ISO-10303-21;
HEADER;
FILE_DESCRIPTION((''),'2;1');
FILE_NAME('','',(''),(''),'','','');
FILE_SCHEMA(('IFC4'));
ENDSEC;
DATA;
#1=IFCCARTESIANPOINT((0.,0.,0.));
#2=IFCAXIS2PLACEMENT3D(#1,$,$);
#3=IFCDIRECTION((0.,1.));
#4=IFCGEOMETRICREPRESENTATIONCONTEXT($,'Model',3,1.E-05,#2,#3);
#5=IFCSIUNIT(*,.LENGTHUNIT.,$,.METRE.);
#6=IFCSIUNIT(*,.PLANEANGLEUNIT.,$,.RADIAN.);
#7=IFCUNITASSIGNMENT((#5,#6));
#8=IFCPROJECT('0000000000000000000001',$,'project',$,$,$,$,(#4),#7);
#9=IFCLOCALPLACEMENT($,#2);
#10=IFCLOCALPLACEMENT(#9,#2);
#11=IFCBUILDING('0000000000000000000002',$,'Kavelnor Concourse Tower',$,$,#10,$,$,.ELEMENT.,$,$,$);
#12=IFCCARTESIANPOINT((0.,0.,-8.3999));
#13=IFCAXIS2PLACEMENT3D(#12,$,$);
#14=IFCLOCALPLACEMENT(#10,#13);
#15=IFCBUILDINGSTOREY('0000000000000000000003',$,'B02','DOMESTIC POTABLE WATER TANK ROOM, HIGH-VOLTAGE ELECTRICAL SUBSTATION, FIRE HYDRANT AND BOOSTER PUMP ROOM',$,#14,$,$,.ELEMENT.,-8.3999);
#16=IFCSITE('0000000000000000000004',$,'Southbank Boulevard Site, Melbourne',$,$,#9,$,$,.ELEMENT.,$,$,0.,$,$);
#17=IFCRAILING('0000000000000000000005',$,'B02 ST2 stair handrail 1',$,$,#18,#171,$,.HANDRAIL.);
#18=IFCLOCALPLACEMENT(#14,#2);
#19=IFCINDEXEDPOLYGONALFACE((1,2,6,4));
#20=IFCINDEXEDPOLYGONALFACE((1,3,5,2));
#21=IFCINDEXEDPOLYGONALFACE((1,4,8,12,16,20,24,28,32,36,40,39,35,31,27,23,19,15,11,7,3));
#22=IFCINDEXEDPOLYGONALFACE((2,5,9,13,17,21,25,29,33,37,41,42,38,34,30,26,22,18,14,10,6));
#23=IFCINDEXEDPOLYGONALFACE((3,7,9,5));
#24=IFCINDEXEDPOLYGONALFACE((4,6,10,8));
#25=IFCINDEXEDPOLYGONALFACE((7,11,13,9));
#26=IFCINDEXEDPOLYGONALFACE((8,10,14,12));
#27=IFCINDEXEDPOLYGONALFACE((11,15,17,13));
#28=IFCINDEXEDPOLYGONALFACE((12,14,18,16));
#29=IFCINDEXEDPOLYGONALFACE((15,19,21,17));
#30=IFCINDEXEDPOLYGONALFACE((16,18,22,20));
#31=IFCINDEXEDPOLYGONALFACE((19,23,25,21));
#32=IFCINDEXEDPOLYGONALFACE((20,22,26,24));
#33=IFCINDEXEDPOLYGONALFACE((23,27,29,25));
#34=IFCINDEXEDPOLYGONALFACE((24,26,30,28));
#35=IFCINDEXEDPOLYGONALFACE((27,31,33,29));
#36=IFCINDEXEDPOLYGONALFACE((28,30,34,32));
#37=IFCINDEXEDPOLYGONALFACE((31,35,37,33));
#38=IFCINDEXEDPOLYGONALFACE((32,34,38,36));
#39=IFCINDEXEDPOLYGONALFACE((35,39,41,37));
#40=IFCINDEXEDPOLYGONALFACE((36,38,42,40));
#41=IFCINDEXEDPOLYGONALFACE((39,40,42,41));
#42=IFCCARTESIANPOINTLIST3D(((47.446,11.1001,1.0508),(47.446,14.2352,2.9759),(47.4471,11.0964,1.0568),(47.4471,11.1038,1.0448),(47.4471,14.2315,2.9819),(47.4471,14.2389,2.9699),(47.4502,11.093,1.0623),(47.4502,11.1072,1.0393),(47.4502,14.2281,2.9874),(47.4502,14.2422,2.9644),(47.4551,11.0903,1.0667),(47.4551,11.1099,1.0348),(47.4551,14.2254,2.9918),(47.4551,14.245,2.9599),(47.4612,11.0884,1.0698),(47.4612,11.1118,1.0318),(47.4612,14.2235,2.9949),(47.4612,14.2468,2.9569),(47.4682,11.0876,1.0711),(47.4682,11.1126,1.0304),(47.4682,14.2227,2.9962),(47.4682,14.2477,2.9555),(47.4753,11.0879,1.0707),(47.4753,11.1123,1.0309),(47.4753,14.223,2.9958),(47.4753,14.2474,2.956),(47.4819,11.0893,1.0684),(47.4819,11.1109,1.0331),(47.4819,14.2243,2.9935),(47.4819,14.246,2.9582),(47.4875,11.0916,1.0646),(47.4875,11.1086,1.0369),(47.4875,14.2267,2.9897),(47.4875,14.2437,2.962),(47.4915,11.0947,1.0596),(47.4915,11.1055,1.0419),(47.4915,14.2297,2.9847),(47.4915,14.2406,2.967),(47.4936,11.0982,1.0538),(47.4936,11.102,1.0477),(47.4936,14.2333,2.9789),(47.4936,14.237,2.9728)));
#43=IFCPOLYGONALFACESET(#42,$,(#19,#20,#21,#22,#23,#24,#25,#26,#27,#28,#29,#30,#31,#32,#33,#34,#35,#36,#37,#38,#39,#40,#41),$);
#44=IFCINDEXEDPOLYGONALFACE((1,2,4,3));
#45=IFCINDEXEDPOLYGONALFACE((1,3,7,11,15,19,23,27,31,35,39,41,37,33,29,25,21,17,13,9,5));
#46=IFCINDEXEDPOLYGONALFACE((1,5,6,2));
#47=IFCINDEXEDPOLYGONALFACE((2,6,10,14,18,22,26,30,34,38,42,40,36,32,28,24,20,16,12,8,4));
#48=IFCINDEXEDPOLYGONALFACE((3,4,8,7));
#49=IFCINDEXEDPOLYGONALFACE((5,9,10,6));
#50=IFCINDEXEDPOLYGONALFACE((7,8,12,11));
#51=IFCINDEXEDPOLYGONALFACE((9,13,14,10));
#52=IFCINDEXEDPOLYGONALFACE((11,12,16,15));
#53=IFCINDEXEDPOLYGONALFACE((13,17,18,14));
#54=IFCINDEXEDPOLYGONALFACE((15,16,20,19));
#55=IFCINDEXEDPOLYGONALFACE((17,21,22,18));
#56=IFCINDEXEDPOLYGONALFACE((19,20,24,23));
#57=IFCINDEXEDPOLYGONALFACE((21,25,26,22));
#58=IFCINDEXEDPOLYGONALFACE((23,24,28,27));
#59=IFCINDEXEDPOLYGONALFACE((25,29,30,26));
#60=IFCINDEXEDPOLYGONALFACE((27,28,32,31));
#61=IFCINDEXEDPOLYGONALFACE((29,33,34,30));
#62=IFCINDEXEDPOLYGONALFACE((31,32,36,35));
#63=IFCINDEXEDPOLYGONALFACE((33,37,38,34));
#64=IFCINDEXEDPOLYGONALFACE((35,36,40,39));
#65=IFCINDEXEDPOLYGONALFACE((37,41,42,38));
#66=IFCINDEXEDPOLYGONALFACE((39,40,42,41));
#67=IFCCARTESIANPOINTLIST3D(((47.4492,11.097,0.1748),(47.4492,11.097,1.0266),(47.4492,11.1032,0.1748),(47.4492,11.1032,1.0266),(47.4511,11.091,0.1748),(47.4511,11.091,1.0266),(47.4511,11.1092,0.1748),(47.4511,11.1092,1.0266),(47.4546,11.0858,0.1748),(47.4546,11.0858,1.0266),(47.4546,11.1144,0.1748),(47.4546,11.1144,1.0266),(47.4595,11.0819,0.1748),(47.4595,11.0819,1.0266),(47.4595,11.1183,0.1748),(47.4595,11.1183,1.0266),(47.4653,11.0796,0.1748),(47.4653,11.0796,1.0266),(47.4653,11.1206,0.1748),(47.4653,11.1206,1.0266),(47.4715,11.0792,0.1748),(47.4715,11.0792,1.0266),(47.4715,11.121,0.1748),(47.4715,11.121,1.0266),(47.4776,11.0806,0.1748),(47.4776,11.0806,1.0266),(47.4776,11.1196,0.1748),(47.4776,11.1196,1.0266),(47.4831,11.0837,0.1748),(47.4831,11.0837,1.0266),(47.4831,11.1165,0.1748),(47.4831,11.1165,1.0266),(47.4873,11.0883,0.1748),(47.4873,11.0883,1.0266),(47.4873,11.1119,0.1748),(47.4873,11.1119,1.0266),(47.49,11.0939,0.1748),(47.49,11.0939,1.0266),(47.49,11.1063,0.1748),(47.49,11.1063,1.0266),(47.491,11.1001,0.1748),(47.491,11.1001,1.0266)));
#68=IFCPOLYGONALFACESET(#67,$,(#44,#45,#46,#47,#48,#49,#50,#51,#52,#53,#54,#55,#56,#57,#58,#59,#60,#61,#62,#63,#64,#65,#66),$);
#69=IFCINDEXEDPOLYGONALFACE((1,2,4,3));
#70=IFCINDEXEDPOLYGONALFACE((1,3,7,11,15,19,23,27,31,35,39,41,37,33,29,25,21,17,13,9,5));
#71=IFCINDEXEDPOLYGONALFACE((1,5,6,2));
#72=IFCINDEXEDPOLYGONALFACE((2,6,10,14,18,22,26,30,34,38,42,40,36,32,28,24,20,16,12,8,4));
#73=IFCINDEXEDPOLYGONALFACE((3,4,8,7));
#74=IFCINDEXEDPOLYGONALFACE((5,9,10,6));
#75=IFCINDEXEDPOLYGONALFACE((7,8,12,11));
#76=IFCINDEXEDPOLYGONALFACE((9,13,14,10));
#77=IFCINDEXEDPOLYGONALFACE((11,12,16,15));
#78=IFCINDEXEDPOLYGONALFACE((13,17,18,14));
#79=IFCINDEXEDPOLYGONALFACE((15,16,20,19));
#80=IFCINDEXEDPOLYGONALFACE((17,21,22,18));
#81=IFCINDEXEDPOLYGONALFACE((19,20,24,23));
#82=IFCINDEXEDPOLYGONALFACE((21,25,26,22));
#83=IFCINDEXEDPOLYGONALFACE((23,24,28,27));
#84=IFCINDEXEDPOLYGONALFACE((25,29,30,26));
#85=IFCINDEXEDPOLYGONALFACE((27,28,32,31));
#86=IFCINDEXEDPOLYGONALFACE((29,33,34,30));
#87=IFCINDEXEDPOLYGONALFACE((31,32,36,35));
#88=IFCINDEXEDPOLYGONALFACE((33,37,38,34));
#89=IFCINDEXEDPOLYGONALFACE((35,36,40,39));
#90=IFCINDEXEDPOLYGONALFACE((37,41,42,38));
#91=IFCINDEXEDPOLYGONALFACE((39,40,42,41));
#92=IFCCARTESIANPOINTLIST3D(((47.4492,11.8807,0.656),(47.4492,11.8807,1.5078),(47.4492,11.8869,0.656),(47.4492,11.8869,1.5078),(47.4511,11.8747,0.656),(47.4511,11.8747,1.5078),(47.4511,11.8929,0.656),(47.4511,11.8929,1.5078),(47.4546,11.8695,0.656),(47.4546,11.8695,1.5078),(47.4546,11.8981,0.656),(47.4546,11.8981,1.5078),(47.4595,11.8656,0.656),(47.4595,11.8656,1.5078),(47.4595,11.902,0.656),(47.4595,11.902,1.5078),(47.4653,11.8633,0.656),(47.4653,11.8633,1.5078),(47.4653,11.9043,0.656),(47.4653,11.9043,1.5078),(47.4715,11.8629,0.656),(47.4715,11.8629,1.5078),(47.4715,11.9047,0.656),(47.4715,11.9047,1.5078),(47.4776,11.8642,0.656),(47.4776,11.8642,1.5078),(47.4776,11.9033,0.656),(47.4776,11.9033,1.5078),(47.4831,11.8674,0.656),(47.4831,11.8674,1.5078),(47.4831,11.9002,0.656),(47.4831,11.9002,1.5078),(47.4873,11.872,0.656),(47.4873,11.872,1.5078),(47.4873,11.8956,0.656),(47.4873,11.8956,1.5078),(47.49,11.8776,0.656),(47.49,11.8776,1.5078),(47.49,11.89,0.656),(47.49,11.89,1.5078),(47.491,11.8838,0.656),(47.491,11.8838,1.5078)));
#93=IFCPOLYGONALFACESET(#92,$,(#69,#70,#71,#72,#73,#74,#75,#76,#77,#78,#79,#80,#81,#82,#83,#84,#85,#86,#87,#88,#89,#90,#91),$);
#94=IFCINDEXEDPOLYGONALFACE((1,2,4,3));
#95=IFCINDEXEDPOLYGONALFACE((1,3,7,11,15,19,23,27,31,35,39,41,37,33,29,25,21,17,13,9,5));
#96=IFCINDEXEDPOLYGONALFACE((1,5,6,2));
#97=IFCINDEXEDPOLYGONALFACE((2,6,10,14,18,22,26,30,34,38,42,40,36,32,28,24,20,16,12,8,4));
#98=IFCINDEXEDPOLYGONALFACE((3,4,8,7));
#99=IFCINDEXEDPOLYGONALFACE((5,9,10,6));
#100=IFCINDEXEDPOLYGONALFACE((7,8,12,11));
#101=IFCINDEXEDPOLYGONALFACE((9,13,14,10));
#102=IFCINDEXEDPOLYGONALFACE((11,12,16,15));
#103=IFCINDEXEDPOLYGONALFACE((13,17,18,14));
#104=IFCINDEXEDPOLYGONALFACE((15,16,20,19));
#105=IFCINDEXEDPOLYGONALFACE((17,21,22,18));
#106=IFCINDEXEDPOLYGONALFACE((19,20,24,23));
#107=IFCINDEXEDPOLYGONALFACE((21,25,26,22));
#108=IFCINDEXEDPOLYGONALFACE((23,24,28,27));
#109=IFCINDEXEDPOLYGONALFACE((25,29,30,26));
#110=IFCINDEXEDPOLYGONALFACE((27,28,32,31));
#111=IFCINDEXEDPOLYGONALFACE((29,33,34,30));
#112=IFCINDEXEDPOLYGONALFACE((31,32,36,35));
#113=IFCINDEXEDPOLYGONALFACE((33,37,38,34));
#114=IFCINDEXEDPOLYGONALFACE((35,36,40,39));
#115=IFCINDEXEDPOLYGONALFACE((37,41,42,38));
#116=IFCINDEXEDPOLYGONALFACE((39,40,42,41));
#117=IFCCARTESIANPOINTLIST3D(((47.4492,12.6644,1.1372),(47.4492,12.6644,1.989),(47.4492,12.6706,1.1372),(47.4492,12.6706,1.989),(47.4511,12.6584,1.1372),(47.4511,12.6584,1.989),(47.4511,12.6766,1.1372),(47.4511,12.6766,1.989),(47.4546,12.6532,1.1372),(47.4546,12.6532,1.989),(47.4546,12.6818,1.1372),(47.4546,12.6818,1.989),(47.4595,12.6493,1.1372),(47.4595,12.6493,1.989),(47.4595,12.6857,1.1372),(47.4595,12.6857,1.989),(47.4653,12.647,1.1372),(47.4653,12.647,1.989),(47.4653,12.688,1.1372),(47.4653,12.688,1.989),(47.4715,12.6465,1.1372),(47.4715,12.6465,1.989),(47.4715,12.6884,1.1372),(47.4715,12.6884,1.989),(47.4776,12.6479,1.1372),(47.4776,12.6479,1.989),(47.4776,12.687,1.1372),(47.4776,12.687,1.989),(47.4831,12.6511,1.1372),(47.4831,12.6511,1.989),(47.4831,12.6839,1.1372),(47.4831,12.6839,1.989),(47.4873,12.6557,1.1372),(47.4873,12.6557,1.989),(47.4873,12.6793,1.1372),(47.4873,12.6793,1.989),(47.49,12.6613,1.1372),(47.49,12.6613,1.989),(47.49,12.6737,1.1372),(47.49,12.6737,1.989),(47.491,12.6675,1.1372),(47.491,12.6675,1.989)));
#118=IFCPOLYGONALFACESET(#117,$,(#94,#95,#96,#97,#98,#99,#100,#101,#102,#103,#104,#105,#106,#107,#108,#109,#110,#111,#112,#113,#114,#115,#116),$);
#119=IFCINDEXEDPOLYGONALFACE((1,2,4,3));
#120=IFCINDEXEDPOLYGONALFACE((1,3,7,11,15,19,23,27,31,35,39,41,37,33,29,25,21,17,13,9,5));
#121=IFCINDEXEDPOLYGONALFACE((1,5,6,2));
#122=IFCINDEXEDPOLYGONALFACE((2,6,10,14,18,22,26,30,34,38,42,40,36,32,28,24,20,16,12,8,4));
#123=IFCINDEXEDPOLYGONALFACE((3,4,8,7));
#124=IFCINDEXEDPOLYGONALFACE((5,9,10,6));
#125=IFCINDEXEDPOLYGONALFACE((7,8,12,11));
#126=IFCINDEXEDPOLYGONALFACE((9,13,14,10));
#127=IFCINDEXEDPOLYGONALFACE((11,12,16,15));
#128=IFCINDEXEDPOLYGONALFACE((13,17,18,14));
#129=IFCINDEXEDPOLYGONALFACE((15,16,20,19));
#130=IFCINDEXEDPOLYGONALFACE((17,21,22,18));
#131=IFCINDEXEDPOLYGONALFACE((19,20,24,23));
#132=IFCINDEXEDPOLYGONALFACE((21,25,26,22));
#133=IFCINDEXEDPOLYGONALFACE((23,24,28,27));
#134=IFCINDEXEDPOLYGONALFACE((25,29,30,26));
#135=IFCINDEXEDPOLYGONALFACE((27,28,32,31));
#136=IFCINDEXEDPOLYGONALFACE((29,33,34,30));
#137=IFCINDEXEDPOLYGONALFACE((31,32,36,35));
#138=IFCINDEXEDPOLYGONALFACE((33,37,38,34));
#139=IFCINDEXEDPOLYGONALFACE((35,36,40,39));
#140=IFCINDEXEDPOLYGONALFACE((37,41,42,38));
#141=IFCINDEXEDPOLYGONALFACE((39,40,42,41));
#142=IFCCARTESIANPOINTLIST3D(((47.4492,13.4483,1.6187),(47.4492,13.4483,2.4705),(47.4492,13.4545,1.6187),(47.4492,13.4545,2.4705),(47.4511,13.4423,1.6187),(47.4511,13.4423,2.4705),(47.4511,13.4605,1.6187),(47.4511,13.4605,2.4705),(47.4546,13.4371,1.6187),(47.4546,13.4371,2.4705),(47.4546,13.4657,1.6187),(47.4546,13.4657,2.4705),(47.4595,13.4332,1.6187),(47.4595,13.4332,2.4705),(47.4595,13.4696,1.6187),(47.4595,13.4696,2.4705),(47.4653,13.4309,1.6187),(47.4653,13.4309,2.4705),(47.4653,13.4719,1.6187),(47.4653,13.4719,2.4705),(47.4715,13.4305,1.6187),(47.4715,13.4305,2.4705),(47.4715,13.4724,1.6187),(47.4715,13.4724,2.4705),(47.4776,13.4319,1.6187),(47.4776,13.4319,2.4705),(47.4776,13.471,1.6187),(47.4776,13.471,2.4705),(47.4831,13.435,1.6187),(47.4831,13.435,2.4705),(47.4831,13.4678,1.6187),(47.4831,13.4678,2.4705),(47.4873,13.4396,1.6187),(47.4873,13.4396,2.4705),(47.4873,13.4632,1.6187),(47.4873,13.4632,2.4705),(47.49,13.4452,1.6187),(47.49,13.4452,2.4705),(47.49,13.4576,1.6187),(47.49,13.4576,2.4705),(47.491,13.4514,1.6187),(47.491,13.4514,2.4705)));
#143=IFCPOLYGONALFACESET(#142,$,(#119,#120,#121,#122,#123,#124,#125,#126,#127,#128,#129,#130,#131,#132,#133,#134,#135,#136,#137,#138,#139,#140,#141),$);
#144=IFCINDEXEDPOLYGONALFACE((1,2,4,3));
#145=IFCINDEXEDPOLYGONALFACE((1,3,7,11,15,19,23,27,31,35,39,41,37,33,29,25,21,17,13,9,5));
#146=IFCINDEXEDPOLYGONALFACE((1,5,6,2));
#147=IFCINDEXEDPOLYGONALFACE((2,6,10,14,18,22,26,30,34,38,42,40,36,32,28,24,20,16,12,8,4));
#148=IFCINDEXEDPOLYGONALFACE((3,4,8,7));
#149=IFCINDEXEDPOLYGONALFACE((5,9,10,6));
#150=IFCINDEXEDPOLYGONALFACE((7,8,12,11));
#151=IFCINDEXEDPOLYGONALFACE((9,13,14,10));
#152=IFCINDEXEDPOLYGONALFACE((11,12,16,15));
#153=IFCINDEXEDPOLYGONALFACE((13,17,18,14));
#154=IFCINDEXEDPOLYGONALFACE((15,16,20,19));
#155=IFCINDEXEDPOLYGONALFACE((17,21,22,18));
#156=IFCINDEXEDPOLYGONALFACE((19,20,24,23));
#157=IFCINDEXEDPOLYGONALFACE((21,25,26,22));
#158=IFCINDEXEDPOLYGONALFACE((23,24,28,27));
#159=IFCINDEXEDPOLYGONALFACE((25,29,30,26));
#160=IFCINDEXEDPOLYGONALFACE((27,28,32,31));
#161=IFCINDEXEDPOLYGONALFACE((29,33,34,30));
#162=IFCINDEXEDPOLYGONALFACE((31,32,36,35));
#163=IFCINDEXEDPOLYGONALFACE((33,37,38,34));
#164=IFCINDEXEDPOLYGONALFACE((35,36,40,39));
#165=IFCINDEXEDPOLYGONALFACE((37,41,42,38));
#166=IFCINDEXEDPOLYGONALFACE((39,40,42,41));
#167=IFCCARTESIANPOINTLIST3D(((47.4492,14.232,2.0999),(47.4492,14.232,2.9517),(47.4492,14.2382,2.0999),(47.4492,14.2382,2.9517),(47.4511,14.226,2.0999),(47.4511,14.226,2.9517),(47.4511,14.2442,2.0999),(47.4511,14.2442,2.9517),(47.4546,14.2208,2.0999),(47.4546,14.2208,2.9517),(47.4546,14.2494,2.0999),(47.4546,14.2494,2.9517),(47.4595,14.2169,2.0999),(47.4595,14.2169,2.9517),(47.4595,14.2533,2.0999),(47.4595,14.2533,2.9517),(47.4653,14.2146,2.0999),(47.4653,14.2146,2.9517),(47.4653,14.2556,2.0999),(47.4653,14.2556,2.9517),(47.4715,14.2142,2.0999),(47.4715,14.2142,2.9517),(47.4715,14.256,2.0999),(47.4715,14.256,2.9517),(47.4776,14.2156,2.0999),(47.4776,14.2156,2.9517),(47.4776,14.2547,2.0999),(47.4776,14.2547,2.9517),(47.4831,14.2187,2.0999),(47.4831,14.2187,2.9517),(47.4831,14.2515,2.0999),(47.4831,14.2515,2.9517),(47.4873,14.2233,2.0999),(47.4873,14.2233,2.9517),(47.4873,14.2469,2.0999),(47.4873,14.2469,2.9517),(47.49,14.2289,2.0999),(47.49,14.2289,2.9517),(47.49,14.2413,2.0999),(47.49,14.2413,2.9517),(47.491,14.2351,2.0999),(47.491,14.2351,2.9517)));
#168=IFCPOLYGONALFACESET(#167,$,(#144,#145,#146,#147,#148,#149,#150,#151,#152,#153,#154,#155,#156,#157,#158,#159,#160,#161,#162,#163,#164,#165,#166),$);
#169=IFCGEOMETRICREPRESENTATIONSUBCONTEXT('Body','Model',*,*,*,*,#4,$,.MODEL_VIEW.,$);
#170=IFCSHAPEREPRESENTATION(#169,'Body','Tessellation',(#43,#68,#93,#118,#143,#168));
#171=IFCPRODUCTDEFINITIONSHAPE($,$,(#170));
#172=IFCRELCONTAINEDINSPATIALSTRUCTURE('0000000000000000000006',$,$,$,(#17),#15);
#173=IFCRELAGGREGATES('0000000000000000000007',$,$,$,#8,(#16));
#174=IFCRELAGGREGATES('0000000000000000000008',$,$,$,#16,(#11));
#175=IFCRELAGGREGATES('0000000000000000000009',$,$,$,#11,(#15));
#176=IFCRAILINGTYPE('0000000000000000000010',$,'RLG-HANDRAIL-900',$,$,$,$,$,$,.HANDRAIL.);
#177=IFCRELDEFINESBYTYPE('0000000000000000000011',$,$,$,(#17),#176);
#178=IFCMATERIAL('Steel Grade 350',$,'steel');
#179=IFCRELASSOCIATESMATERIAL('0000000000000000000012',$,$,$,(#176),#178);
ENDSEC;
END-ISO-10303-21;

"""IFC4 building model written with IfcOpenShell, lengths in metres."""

from ifc_helpers import new_model, si_unit, direction, frame, origin, origin_2d, place, context, subcontext, project, spatial, circle, extrude, material, type_object, element, save


model = new_model("IFC4")

# Units and contexts
model_context = context("Model", 3, precision=1e-05, world=origin(), true_north=direction((0.0, 1.0)))
body_context = subcontext(model_context, "Body", "Model", "MODEL_VIEW")
ifc_project = project(units=[si_unit("LENGTHUNIT", "METRE"), si_unit("PLANEANGLEUNIT", "RADIAN")], contexts=[model_context])

# Site, building, storey
site_placement = place(None, origin())
site = spatial("IfcSite", under=ifc_project, at=site_placement, Name="Southbank Boulevard Site, Melbourne", CompositionType="ELEMENT", RefElevation=0.0)
building_placement = place(site_placement, origin())
building = spatial("IfcBuilding", under=site, at=building_placement, Name="Kavelnor Concourse Tower", CompositionType="ELEMENT")
storey_placement = place(building_placement, frame((0.0, 0.0, -8.3999)))
storey = spatial("IfcBuildingStorey", under=building, at=storey_placement, Name="B02", Description="DOMESTIC POTABLE WATER TANK ROOM, HIGH-VOLTAGE ELECTRICAL SUBSTATION, FIRE HYDRANT AND BOOSTER PUMP ROOM", CompositionType="ELEMENT", Elevation=-8.3999)

# Shared definitions
ifc_material_1 = material(Name="Steel Grade 350", Category="steel")

# Railing
railing_type_1 = type_object("IfcRailingType", Name="RLG-HANDRAIL-900", PredefinedType="HANDRAIL", material=ifc_material_1)
railing_1_placement = place(storey_placement, frame((47.47, 11.1001, 0.1748)))
element("IfcRailing", 1, at=railing_1_placement, inside=storey, type_object=railing_type_1, Name="B02 ST2 stair handrail 1", PredefinedType="HANDRAIL", context=body_context, shape_type="SweptSolid", body=[
    extrude(circle(Radius=0.0239, at=origin_2d()), frame((0.0, 0.0, 0.876), z_axis=(0.0, 0.852166, 0.523271), x_axis=(-1.0, 0.0, 0.0)), (0.0, 0.0, 1.0), 3.679),
    extrude(circle(Radius=0.021, at=origin_2d()), origin(), (0.0, 0.0, 1.0), 0.8518),
    extrude(circle(Radius=0.021, at=origin_2d()), frame((0.0, 0.7837, 0.4812)), (0.0, 0.0, 1.0), 0.8518),
    extrude(circle(Radius=0.021, at=origin_2d()), frame((0.0, 1.5674, 0.9624)), (0.0, 0.0, 1.0), 0.8518),
    extrude(circle(Radius=0.021, at=origin_2d()), frame((0.0, 2.3513, 1.4438)), (0.0, 0.0, 1.0), 0.8518),
    extrude(circle(Radius=0.021, at=origin_2d()), frame((0.0, 3.135, 1.925)), (0.0, 0.0, 1.0), 0.8518),
])

save(model, "model.ifc")
